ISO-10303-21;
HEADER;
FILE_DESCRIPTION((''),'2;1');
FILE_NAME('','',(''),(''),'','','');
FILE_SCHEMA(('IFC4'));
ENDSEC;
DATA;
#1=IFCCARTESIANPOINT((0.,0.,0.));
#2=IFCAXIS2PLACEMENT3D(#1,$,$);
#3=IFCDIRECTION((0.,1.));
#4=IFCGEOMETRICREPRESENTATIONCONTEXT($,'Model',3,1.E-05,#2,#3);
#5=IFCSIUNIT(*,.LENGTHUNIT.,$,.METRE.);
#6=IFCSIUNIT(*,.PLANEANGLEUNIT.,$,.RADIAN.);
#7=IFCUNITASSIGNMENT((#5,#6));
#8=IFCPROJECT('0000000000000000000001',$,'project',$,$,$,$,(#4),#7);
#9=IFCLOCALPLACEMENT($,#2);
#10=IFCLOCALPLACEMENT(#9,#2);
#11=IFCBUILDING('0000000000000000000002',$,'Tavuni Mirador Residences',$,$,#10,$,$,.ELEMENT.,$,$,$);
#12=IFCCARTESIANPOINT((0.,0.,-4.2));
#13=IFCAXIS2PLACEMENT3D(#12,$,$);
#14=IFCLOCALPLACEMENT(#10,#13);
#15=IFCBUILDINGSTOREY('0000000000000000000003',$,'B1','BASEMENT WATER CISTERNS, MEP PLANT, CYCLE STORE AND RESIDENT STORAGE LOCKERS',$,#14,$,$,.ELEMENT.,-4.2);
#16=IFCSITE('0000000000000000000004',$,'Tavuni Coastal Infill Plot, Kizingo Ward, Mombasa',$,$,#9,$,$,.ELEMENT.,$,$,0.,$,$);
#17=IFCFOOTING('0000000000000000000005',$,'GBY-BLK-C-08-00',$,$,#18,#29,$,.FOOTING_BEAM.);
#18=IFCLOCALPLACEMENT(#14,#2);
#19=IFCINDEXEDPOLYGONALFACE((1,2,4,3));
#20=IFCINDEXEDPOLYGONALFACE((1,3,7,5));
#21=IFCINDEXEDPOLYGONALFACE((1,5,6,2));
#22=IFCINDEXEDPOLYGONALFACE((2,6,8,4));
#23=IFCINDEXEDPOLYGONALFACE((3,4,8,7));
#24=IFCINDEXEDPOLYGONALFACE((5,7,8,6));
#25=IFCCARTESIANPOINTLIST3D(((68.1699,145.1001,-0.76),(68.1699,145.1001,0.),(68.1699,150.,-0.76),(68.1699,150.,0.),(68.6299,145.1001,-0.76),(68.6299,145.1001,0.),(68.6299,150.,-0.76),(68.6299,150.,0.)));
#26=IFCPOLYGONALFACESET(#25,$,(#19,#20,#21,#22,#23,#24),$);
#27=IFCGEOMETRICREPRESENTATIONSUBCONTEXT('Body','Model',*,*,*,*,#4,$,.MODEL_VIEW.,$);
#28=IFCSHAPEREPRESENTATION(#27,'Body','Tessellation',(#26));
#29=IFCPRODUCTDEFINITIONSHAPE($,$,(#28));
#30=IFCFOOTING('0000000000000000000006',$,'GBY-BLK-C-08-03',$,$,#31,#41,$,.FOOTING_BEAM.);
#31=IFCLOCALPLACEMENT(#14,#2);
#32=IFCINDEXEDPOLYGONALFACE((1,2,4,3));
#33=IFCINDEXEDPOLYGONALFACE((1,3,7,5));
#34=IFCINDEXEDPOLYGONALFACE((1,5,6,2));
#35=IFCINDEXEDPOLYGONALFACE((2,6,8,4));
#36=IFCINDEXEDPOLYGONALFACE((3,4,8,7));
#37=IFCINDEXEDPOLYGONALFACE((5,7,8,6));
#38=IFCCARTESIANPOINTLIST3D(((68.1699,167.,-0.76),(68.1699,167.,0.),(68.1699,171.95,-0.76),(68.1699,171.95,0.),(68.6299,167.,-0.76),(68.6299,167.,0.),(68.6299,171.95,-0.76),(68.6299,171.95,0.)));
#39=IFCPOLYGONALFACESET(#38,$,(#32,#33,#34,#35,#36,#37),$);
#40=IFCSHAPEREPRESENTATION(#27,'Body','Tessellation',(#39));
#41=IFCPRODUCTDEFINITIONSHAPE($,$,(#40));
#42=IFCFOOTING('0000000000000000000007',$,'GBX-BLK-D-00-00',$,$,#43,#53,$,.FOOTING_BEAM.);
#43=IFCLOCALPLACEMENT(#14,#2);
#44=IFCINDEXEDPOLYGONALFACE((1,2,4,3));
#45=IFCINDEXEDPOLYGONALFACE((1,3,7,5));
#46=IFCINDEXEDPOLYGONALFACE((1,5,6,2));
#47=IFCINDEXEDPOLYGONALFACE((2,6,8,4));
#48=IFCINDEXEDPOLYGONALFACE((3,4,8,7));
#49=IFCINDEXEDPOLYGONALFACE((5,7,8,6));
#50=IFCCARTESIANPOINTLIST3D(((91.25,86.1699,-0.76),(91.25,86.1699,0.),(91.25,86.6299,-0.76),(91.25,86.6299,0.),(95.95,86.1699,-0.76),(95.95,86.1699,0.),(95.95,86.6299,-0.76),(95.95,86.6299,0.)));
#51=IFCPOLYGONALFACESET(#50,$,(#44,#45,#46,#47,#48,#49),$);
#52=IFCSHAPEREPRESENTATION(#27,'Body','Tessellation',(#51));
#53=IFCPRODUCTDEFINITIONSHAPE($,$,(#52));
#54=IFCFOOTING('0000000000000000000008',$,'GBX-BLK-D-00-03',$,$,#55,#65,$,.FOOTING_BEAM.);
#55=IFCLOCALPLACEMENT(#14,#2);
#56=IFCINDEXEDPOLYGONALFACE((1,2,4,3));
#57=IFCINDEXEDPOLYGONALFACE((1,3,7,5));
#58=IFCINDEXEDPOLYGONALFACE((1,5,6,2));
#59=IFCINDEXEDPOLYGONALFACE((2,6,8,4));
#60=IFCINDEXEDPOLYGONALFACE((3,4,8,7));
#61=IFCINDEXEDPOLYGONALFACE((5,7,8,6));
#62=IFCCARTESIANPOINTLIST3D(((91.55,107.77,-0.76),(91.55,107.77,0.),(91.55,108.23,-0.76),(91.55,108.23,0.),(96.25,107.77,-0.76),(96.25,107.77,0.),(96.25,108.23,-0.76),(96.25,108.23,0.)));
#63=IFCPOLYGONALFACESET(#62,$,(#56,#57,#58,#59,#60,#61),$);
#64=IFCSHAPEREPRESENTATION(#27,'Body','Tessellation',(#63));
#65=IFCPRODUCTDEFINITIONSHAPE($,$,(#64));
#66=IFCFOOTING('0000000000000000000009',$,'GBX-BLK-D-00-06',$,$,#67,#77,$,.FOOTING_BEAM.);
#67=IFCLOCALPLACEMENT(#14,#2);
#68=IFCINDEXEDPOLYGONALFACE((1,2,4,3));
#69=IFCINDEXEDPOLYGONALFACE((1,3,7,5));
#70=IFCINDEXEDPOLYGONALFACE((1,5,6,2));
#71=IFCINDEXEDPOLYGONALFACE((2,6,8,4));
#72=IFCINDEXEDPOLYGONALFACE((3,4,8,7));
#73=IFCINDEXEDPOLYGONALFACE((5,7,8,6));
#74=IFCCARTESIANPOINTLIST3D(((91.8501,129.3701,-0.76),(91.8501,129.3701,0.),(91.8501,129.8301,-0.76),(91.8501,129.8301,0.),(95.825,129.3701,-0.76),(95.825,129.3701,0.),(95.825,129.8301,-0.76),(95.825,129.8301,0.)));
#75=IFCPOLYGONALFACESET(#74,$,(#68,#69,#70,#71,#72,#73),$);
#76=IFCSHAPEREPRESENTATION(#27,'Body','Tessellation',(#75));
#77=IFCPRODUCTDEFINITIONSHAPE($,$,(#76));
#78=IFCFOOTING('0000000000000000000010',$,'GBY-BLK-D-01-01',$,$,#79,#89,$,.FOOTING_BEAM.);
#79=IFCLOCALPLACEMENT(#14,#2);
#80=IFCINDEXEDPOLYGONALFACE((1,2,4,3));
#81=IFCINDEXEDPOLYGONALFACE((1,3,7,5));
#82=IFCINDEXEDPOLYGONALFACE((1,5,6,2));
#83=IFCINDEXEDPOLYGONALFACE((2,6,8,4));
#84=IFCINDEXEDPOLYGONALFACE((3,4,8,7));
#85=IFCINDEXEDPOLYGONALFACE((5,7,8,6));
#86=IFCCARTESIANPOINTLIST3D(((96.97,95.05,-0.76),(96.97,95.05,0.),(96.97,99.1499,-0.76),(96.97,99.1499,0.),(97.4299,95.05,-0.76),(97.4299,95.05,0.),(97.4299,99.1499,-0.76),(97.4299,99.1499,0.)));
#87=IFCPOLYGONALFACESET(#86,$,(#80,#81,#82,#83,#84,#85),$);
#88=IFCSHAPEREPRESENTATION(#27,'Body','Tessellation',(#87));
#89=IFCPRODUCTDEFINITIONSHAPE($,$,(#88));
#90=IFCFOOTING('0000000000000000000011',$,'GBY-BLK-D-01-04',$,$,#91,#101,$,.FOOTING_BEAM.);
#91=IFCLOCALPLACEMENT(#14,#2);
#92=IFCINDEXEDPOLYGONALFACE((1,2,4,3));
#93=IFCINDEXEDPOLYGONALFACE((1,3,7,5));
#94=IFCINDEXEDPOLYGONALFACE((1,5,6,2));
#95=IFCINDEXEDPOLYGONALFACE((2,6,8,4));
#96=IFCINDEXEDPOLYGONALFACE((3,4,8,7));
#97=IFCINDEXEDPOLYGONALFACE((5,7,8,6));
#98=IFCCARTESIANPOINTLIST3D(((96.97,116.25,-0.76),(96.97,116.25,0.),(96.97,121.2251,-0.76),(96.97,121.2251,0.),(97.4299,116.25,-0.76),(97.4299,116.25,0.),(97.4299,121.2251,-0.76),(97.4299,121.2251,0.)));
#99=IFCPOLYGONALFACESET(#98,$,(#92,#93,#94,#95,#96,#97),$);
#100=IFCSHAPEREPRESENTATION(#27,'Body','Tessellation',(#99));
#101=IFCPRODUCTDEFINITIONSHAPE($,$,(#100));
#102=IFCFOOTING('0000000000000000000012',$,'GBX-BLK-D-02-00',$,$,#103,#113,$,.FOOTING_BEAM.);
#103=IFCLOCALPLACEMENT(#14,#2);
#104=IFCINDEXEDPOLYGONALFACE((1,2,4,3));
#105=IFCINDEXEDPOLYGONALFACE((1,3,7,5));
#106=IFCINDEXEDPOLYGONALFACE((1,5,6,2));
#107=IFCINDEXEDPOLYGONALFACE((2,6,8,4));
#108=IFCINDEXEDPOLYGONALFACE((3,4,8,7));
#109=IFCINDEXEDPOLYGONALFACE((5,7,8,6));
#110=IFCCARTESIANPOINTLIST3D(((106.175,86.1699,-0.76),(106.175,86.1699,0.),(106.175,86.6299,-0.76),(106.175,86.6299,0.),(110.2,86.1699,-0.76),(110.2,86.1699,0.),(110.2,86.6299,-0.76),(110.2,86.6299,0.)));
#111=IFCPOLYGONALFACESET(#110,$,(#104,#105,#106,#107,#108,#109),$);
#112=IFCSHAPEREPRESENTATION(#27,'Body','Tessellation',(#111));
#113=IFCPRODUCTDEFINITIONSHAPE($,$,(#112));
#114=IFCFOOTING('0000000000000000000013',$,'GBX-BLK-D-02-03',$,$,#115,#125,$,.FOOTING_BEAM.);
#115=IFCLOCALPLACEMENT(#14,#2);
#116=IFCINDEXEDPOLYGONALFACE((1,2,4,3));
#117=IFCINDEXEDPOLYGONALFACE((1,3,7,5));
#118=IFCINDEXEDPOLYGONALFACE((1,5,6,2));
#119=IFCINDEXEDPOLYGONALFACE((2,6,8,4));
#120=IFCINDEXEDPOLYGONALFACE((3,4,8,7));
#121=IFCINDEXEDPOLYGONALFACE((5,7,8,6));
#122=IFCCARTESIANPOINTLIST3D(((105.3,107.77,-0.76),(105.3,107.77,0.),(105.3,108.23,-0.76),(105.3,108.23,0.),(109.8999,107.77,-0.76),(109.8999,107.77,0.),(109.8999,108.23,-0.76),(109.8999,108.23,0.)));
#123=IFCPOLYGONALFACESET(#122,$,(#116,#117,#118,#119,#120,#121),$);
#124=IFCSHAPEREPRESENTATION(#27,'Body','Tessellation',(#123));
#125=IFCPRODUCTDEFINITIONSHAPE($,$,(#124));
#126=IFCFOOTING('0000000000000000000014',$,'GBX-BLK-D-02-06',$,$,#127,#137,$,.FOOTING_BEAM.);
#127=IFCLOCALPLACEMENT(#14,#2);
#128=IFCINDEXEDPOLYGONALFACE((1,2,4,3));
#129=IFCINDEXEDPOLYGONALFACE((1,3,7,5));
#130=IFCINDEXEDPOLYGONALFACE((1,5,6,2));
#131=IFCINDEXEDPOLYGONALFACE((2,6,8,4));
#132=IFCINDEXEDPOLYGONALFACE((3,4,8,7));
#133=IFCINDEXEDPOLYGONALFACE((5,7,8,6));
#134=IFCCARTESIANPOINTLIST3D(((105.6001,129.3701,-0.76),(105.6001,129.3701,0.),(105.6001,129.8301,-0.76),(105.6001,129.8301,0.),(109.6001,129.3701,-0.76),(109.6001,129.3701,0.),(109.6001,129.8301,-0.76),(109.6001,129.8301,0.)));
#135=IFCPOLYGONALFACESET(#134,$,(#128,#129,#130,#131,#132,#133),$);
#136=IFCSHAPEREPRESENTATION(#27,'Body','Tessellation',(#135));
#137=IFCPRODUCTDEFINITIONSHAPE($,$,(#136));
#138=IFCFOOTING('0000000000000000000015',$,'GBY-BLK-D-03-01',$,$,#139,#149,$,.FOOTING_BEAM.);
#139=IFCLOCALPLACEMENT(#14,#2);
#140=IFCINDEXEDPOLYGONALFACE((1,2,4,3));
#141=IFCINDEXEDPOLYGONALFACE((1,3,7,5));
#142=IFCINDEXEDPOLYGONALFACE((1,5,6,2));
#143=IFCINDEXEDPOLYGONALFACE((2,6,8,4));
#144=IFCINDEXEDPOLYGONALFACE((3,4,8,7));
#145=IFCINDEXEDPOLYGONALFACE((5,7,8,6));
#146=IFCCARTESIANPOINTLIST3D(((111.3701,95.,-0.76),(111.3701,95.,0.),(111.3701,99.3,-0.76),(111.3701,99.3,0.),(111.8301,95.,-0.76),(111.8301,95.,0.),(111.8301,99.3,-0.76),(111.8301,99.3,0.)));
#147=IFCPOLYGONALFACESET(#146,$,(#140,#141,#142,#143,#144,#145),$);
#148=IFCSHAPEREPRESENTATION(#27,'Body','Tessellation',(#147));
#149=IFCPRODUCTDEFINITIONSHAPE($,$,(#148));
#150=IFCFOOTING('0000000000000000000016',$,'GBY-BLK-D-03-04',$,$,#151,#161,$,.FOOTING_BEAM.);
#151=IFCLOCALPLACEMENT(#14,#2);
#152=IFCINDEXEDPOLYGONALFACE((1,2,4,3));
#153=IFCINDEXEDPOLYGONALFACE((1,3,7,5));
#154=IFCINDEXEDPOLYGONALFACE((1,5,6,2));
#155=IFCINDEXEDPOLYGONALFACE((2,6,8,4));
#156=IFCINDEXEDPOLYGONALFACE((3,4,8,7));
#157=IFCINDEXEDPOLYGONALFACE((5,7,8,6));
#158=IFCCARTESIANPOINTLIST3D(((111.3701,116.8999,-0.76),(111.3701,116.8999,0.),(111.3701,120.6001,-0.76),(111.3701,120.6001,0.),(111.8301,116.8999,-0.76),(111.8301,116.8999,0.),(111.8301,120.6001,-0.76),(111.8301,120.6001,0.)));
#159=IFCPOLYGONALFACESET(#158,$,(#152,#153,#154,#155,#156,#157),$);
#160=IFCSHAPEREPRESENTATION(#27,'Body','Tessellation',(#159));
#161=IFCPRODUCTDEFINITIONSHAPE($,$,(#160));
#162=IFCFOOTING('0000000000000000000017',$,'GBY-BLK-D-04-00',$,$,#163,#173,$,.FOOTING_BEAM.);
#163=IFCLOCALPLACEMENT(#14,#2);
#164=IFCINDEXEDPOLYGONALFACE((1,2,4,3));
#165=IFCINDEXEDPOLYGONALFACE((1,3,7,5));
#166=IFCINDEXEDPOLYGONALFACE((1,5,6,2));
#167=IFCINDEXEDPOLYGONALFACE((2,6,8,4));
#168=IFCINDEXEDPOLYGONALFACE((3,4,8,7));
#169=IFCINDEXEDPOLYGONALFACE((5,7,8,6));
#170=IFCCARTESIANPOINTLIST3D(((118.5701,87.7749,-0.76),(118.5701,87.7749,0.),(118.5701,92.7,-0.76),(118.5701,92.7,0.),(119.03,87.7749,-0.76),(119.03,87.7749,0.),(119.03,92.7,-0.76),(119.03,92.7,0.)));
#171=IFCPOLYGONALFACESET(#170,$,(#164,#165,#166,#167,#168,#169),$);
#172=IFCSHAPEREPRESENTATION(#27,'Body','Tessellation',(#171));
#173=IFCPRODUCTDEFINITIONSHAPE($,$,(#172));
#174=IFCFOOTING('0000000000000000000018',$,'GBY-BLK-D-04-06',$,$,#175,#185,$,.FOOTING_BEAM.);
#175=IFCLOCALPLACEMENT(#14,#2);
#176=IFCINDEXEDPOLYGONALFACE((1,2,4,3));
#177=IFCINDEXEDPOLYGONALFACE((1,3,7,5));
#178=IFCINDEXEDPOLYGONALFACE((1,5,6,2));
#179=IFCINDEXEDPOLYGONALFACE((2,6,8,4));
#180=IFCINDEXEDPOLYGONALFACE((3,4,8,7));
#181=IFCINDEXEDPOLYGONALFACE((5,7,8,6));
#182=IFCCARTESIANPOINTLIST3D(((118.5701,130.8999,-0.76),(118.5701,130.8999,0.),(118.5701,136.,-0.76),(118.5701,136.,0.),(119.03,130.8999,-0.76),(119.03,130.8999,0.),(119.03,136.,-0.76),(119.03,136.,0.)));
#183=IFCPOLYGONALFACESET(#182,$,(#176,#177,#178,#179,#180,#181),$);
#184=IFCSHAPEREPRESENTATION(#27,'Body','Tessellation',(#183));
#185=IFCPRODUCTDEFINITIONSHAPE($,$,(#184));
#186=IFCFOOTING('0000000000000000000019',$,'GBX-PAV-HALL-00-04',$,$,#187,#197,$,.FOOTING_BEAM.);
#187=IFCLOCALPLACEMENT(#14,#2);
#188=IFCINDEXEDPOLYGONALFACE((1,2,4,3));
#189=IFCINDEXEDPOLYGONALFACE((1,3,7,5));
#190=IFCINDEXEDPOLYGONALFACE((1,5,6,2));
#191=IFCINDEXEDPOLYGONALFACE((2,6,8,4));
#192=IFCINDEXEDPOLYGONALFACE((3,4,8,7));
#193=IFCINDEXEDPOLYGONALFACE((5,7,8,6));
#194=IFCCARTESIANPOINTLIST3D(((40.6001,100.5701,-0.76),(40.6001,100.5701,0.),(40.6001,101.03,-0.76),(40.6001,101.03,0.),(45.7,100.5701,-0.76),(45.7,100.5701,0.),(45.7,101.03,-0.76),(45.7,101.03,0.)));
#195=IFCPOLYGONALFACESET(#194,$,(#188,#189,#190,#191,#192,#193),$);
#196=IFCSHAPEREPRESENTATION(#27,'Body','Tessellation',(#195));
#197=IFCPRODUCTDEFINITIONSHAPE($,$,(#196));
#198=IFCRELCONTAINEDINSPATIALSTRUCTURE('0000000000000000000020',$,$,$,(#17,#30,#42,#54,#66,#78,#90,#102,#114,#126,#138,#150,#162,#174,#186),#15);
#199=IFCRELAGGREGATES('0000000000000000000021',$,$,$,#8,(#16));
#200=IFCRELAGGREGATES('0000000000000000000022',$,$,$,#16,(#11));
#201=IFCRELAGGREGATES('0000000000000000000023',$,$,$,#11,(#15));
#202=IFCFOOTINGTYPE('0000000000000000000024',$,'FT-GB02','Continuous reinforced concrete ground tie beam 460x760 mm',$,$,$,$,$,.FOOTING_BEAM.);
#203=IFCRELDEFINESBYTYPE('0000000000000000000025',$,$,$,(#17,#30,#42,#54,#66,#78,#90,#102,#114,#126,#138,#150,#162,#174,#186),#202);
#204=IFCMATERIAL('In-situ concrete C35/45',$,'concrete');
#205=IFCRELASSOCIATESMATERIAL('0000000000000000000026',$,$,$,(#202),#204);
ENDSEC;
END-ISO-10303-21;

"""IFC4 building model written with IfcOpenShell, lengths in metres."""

from ifc_helpers import new_model, si_unit, direction, frame, origin, place, context, subcontext, project, spatial, polyline, outline, extrude, material, type_object, element, save


model = new_model("IFC4")

# Units and contexts
model_context = context("Model", 3, precision=1e-05, world=origin(), true_north=direction((0.0, 1.0)))
body_context = subcontext(model_context, "Body", "Model", "MODEL_VIEW")
ifc_project = project(units=[si_unit("LENGTHUNIT", "METRE"), si_unit("PLANEANGLEUNIT", "RADIAN")], contexts=[model_context])

# Site, building, storey
site_placement = place(None, origin())
site = spatial("IfcSite", under=ifc_project, at=site_placement, Name="Tavuni Coastal Infill Plot, Kizingo Ward, Mombasa", CompositionType="ELEMENT", RefElevation=0.0)
building_placement = place(site_placement, origin())
building = spatial("IfcBuilding", under=site, at=building_placement, Name="Tavuni Mirador Residences", CompositionType="ELEMENT")
storey_placement = place(building_placement, frame((0.0, 0.0, -4.2)))
storey = spatial("IfcBuildingStorey", under=building, at=storey_placement, Name="B1", Description="BASEMENT WATER CISTERNS, MEP PLANT, CYCLE STORE AND RESIDENT STORAGE LOCKERS", CompositionType="ELEMENT", Elevation=-4.2)

# Footings
ifc_material = material(Name="In-situ concrete C35/45", Category="concrete")
footing_type_1 = type_object("IfcFootingType", Name="FT-GB02", Description="Continuous reinforced concrete ground tie beam 460x760 mm", PredefinedType="FOOTING_BEAM", material=ifc_material)
footing_1_placement = place(storey_placement, frame((0.0, 0.0, -0.76)))
element("IfcFooting", 1, at=footing_1_placement, inside=storey, type_object=footing_type_1, Name="GBY-BLK-C-08-00", PredefinedType="FOOTING_BEAM", context=body_context, shape_type="SweptSolid", body=[
    extrude(outline(polyline([(68.1699, 145.1001), (68.6299, 145.1001), (68.6299, 150.0), (68.1699, 150.0), (68.1699, 145.1001)])), origin(), (0.0, 0.0, 1.0), 0.76),
])
footing_2_placement = place(storey_placement, frame((0.0, 0.0, -0.76)))
element("IfcFooting", 2, at=footing_2_placement, inside=storey, type_object=footing_type_1, Name="GBY-BLK-C-08-03", PredefinedType="FOOTING_BEAM", context=body_context, shape_type="SweptSolid", body=[
    extrude(outline(polyline([(68.1699, 167.0), (68.6299, 167.0), (68.6299, 171.95), (68.1699, 171.95), (68.1699, 167.0)])), origin(), (0.0, 0.0, 1.0), 0.76),
])
footing_3_placement = place(storey_placement, frame((0.0, 0.0, -0.76)))
element("IfcFooting", 3, at=footing_3_placement, inside=storey, type_object=footing_type_1, Name="GBX-BLK-D-00-00", PredefinedType="FOOTING_BEAM", context=body_context, shape_type="SweptSolid", body=[
    extrude(outline(polyline([(91.25, 86.1699), (95.95, 86.1699), (95.95, 86.6299), (91.25, 86.6299), (91.25, 86.1699)])), origin(), (0.0, 0.0, 1.0), 0.76),
])
footing_4_placement = place(storey_placement, frame((0.0, 0.0, -0.76)))
element("IfcFooting", 4, at=footing_4_placement, inside=storey, type_object=footing_type_1, Name="GBX-BLK-D-00-03", PredefinedType="FOOTING_BEAM", context=body_context, shape_type="SweptSolid", body=[
    extrude(outline(polyline([(91.55, 107.77), (96.25, 107.77), (96.25, 108.23), (91.55, 108.23), (91.55, 107.77)])), origin(), (0.0, 0.0, 1.0), 0.76),
])
footing_5_placement = place(storey_placement, frame((0.0, 0.0, -0.76)))
element("IfcFooting", 5, at=footing_5_placement, inside=storey, type_object=footing_type_1, Name="GBX-BLK-D-00-06", PredefinedType="FOOTING_BEAM", context=body_context, shape_type="SweptSolid", body=[
    extrude(outline(polyline([(91.8501, 129.3701), (95.825, 129.3701), (95.825, 129.8301), (91.8501, 129.8301), (91.8501, 129.3701)])), origin(), (0.0, 0.0, 1.0), 0.76),
])
footing_6_placement = place(storey_placement, frame((0.0, 0.0, -0.76)))
element("IfcFooting", 6, at=footing_6_placement, inside=storey, type_object=footing_type_1, Name="GBY-BLK-D-01-01", PredefinedType="FOOTING_BEAM", context=body_context, shape_type="SweptSolid", body=[
    extrude(outline(polyline([(96.97, 95.05), (97.4299, 95.05), (97.4299, 99.1499), (96.97, 99.1499), (96.97, 95.05)])), origin(), (0.0, 0.0, 1.0), 0.76),
])
footing_7_placement = place(storey_placement, frame((0.0, 0.0, -0.76)))
element("IfcFooting", 7, at=footing_7_placement, inside=storey, type_object=footing_type_1, Name="GBY-BLK-D-01-04", PredefinedType="FOOTING_BEAM", context=body_context, shape_type="SweptSolid", body=[
    extrude(outline(polyline([(96.97, 116.25), (97.4299, 116.25), (97.4299, 121.2251), (96.97, 121.2251), (96.97, 116.25)])), origin(), (0.0, 0.0, 1.0), 0.76),
])
footing_8_placement = place(storey_placement, frame((0.0, 0.0, -0.76)))
element("IfcFooting", 8, at=footing_8_placement, inside=storey, type_object=footing_type_1, Name="GBX-BLK-D-02-00", PredefinedType="FOOTING_BEAM", context=body_context, shape_type="SweptSolid", body=[
    extrude(outline(polyline([(106.175, 86.1699), (110.2, 86.1699), (110.2, 86.6299), (106.175, 86.6299), (106.175, 86.1699)])), origin(), (0.0, 0.0, 1.0), 0.76),
])
footing_9_placement = place(storey_placement, frame((0.0, 0.0, -0.76)))
element("IfcFooting", 9, at=footing_9_placement, inside=storey, type_object=footing_type_1, Name="GBX-BLK-D-02-03", PredefinedType="FOOTING_BEAM", context=body_context, shape_type="SweptSolid", body=[
    extrude(outline(polyline([(105.3, 107.77), (109.8999, 107.77), (109.8999, 108.23), (105.3, 108.23), (105.3, 107.77)])), origin(), (0.0, 0.0, 1.0), 0.76),
])
footing_10_placement = place(storey_placement, frame((0.0, 0.0, -0.76)))
element("IfcFooting", 10, at=footing_10_placement, inside=storey, type_object=footing_type_1, Name="GBX-BLK-D-02-06", PredefinedType="FOOTING_BEAM", context=body_context, shape_type="SweptSolid", body=[
    extrude(outline(polyline([(105.6001, 129.3701), (109.6001, 129.3701), (109.6001, 129.8301), (105.6001, 129.8301), (105.6001, 129.3701)])), origin(), (0.0, 0.0, 1.0), 0.76),
])
footing_11_placement = place(storey_placement, frame((0.0, 0.0, -0.76)))
element("IfcFooting", 11, at=footing_11_placement, inside=storey, type_object=footing_type_1, Name="GBY-BLK-D-03-01", PredefinedType="FOOTING_BEAM", context=body_context, shape_type="SweptSolid", body=[
    extrude(outline(polyline([(111.3701, 95.0), (111.8301, 95.0), (111.8301, 99.3), (111.3701, 99.3), (111.3701, 95.0)])), origin(), (0.0, 0.0, 1.0), 0.76),
])
footing_12_placement = place(storey_placement, frame((0.0, 0.0, -0.76)))
element("IfcFooting", 12, at=footing_12_placement, inside=storey, type_object=footing_type_1, Name="GBY-BLK-D-03-04", PredefinedType="FOOTING_BEAM", context=body_context, shape_type="SweptSolid", body=[
    extrude(outline(polyline([(111.3701, 116.8999), (111.8301, 116.8999), (111.8301, 120.6001), (111.3701, 120.6001), (111.3701, 116.8999)])), origin(), (0.0, 0.0, 1.0), 0.76),
])
footing_13_placement = place(storey_placement, frame((0.0, 0.0, -0.76)))
element("IfcFooting", 13, at=footing_13_placement, inside=storey, type_object=footing_type_1, Name="GBY-BLK-D-04-00", PredefinedType="FOOTING_BEAM", context=body_context, shape_type="SweptSolid", body=[
    extrude(outline(polyline([(118.5701, 87.7749), (119.03, 87.7749), (119.03, 92.7), (118.5701, 92.7), (118.5701, 87.7749)])), origin(), (0.0, 0.0, 1.0), 0.76),
])
footing_14_placement = place(storey_placement, frame((0.0, 0.0, -0.76)))
element("IfcFooting", 14, at=footing_14_placement, inside=storey, type_object=footing_type_1, Name="GBY-BLK-D-04-06", PredefinedType="FOOTING_BEAM", context=body_context, shape_type="SweptSolid", body=[
    extrude(outline(polyline([(118.5701, 130.8999), (119.03, 130.8999), (119.03, 136.0), (118.5701, 136.0), (118.5701, 130.8999)])), origin(), (0.0, 0.0, 1.0), 0.76),
])
footing_15_placement = place(storey_placement, frame((0.0, 0.0, -0.76)))
element("IfcFooting", 15, at=footing_15_placement, inside=storey, type_object=footing_type_1, Name="GBX-PAV-HALL-00-04", PredefinedType="FOOTING_BEAM", context=body_context, shape_type="SweptSolid", body=[
    extrude(outline(polyline([(40.6001, 100.5701), (45.7, 100.5701), (45.7, 101.03), (40.6001, 101.03), (40.6001, 100.5701)])), origin(), (0.0, 0.0, 1.0), 0.76),
])

save(model, "model.ifc")
